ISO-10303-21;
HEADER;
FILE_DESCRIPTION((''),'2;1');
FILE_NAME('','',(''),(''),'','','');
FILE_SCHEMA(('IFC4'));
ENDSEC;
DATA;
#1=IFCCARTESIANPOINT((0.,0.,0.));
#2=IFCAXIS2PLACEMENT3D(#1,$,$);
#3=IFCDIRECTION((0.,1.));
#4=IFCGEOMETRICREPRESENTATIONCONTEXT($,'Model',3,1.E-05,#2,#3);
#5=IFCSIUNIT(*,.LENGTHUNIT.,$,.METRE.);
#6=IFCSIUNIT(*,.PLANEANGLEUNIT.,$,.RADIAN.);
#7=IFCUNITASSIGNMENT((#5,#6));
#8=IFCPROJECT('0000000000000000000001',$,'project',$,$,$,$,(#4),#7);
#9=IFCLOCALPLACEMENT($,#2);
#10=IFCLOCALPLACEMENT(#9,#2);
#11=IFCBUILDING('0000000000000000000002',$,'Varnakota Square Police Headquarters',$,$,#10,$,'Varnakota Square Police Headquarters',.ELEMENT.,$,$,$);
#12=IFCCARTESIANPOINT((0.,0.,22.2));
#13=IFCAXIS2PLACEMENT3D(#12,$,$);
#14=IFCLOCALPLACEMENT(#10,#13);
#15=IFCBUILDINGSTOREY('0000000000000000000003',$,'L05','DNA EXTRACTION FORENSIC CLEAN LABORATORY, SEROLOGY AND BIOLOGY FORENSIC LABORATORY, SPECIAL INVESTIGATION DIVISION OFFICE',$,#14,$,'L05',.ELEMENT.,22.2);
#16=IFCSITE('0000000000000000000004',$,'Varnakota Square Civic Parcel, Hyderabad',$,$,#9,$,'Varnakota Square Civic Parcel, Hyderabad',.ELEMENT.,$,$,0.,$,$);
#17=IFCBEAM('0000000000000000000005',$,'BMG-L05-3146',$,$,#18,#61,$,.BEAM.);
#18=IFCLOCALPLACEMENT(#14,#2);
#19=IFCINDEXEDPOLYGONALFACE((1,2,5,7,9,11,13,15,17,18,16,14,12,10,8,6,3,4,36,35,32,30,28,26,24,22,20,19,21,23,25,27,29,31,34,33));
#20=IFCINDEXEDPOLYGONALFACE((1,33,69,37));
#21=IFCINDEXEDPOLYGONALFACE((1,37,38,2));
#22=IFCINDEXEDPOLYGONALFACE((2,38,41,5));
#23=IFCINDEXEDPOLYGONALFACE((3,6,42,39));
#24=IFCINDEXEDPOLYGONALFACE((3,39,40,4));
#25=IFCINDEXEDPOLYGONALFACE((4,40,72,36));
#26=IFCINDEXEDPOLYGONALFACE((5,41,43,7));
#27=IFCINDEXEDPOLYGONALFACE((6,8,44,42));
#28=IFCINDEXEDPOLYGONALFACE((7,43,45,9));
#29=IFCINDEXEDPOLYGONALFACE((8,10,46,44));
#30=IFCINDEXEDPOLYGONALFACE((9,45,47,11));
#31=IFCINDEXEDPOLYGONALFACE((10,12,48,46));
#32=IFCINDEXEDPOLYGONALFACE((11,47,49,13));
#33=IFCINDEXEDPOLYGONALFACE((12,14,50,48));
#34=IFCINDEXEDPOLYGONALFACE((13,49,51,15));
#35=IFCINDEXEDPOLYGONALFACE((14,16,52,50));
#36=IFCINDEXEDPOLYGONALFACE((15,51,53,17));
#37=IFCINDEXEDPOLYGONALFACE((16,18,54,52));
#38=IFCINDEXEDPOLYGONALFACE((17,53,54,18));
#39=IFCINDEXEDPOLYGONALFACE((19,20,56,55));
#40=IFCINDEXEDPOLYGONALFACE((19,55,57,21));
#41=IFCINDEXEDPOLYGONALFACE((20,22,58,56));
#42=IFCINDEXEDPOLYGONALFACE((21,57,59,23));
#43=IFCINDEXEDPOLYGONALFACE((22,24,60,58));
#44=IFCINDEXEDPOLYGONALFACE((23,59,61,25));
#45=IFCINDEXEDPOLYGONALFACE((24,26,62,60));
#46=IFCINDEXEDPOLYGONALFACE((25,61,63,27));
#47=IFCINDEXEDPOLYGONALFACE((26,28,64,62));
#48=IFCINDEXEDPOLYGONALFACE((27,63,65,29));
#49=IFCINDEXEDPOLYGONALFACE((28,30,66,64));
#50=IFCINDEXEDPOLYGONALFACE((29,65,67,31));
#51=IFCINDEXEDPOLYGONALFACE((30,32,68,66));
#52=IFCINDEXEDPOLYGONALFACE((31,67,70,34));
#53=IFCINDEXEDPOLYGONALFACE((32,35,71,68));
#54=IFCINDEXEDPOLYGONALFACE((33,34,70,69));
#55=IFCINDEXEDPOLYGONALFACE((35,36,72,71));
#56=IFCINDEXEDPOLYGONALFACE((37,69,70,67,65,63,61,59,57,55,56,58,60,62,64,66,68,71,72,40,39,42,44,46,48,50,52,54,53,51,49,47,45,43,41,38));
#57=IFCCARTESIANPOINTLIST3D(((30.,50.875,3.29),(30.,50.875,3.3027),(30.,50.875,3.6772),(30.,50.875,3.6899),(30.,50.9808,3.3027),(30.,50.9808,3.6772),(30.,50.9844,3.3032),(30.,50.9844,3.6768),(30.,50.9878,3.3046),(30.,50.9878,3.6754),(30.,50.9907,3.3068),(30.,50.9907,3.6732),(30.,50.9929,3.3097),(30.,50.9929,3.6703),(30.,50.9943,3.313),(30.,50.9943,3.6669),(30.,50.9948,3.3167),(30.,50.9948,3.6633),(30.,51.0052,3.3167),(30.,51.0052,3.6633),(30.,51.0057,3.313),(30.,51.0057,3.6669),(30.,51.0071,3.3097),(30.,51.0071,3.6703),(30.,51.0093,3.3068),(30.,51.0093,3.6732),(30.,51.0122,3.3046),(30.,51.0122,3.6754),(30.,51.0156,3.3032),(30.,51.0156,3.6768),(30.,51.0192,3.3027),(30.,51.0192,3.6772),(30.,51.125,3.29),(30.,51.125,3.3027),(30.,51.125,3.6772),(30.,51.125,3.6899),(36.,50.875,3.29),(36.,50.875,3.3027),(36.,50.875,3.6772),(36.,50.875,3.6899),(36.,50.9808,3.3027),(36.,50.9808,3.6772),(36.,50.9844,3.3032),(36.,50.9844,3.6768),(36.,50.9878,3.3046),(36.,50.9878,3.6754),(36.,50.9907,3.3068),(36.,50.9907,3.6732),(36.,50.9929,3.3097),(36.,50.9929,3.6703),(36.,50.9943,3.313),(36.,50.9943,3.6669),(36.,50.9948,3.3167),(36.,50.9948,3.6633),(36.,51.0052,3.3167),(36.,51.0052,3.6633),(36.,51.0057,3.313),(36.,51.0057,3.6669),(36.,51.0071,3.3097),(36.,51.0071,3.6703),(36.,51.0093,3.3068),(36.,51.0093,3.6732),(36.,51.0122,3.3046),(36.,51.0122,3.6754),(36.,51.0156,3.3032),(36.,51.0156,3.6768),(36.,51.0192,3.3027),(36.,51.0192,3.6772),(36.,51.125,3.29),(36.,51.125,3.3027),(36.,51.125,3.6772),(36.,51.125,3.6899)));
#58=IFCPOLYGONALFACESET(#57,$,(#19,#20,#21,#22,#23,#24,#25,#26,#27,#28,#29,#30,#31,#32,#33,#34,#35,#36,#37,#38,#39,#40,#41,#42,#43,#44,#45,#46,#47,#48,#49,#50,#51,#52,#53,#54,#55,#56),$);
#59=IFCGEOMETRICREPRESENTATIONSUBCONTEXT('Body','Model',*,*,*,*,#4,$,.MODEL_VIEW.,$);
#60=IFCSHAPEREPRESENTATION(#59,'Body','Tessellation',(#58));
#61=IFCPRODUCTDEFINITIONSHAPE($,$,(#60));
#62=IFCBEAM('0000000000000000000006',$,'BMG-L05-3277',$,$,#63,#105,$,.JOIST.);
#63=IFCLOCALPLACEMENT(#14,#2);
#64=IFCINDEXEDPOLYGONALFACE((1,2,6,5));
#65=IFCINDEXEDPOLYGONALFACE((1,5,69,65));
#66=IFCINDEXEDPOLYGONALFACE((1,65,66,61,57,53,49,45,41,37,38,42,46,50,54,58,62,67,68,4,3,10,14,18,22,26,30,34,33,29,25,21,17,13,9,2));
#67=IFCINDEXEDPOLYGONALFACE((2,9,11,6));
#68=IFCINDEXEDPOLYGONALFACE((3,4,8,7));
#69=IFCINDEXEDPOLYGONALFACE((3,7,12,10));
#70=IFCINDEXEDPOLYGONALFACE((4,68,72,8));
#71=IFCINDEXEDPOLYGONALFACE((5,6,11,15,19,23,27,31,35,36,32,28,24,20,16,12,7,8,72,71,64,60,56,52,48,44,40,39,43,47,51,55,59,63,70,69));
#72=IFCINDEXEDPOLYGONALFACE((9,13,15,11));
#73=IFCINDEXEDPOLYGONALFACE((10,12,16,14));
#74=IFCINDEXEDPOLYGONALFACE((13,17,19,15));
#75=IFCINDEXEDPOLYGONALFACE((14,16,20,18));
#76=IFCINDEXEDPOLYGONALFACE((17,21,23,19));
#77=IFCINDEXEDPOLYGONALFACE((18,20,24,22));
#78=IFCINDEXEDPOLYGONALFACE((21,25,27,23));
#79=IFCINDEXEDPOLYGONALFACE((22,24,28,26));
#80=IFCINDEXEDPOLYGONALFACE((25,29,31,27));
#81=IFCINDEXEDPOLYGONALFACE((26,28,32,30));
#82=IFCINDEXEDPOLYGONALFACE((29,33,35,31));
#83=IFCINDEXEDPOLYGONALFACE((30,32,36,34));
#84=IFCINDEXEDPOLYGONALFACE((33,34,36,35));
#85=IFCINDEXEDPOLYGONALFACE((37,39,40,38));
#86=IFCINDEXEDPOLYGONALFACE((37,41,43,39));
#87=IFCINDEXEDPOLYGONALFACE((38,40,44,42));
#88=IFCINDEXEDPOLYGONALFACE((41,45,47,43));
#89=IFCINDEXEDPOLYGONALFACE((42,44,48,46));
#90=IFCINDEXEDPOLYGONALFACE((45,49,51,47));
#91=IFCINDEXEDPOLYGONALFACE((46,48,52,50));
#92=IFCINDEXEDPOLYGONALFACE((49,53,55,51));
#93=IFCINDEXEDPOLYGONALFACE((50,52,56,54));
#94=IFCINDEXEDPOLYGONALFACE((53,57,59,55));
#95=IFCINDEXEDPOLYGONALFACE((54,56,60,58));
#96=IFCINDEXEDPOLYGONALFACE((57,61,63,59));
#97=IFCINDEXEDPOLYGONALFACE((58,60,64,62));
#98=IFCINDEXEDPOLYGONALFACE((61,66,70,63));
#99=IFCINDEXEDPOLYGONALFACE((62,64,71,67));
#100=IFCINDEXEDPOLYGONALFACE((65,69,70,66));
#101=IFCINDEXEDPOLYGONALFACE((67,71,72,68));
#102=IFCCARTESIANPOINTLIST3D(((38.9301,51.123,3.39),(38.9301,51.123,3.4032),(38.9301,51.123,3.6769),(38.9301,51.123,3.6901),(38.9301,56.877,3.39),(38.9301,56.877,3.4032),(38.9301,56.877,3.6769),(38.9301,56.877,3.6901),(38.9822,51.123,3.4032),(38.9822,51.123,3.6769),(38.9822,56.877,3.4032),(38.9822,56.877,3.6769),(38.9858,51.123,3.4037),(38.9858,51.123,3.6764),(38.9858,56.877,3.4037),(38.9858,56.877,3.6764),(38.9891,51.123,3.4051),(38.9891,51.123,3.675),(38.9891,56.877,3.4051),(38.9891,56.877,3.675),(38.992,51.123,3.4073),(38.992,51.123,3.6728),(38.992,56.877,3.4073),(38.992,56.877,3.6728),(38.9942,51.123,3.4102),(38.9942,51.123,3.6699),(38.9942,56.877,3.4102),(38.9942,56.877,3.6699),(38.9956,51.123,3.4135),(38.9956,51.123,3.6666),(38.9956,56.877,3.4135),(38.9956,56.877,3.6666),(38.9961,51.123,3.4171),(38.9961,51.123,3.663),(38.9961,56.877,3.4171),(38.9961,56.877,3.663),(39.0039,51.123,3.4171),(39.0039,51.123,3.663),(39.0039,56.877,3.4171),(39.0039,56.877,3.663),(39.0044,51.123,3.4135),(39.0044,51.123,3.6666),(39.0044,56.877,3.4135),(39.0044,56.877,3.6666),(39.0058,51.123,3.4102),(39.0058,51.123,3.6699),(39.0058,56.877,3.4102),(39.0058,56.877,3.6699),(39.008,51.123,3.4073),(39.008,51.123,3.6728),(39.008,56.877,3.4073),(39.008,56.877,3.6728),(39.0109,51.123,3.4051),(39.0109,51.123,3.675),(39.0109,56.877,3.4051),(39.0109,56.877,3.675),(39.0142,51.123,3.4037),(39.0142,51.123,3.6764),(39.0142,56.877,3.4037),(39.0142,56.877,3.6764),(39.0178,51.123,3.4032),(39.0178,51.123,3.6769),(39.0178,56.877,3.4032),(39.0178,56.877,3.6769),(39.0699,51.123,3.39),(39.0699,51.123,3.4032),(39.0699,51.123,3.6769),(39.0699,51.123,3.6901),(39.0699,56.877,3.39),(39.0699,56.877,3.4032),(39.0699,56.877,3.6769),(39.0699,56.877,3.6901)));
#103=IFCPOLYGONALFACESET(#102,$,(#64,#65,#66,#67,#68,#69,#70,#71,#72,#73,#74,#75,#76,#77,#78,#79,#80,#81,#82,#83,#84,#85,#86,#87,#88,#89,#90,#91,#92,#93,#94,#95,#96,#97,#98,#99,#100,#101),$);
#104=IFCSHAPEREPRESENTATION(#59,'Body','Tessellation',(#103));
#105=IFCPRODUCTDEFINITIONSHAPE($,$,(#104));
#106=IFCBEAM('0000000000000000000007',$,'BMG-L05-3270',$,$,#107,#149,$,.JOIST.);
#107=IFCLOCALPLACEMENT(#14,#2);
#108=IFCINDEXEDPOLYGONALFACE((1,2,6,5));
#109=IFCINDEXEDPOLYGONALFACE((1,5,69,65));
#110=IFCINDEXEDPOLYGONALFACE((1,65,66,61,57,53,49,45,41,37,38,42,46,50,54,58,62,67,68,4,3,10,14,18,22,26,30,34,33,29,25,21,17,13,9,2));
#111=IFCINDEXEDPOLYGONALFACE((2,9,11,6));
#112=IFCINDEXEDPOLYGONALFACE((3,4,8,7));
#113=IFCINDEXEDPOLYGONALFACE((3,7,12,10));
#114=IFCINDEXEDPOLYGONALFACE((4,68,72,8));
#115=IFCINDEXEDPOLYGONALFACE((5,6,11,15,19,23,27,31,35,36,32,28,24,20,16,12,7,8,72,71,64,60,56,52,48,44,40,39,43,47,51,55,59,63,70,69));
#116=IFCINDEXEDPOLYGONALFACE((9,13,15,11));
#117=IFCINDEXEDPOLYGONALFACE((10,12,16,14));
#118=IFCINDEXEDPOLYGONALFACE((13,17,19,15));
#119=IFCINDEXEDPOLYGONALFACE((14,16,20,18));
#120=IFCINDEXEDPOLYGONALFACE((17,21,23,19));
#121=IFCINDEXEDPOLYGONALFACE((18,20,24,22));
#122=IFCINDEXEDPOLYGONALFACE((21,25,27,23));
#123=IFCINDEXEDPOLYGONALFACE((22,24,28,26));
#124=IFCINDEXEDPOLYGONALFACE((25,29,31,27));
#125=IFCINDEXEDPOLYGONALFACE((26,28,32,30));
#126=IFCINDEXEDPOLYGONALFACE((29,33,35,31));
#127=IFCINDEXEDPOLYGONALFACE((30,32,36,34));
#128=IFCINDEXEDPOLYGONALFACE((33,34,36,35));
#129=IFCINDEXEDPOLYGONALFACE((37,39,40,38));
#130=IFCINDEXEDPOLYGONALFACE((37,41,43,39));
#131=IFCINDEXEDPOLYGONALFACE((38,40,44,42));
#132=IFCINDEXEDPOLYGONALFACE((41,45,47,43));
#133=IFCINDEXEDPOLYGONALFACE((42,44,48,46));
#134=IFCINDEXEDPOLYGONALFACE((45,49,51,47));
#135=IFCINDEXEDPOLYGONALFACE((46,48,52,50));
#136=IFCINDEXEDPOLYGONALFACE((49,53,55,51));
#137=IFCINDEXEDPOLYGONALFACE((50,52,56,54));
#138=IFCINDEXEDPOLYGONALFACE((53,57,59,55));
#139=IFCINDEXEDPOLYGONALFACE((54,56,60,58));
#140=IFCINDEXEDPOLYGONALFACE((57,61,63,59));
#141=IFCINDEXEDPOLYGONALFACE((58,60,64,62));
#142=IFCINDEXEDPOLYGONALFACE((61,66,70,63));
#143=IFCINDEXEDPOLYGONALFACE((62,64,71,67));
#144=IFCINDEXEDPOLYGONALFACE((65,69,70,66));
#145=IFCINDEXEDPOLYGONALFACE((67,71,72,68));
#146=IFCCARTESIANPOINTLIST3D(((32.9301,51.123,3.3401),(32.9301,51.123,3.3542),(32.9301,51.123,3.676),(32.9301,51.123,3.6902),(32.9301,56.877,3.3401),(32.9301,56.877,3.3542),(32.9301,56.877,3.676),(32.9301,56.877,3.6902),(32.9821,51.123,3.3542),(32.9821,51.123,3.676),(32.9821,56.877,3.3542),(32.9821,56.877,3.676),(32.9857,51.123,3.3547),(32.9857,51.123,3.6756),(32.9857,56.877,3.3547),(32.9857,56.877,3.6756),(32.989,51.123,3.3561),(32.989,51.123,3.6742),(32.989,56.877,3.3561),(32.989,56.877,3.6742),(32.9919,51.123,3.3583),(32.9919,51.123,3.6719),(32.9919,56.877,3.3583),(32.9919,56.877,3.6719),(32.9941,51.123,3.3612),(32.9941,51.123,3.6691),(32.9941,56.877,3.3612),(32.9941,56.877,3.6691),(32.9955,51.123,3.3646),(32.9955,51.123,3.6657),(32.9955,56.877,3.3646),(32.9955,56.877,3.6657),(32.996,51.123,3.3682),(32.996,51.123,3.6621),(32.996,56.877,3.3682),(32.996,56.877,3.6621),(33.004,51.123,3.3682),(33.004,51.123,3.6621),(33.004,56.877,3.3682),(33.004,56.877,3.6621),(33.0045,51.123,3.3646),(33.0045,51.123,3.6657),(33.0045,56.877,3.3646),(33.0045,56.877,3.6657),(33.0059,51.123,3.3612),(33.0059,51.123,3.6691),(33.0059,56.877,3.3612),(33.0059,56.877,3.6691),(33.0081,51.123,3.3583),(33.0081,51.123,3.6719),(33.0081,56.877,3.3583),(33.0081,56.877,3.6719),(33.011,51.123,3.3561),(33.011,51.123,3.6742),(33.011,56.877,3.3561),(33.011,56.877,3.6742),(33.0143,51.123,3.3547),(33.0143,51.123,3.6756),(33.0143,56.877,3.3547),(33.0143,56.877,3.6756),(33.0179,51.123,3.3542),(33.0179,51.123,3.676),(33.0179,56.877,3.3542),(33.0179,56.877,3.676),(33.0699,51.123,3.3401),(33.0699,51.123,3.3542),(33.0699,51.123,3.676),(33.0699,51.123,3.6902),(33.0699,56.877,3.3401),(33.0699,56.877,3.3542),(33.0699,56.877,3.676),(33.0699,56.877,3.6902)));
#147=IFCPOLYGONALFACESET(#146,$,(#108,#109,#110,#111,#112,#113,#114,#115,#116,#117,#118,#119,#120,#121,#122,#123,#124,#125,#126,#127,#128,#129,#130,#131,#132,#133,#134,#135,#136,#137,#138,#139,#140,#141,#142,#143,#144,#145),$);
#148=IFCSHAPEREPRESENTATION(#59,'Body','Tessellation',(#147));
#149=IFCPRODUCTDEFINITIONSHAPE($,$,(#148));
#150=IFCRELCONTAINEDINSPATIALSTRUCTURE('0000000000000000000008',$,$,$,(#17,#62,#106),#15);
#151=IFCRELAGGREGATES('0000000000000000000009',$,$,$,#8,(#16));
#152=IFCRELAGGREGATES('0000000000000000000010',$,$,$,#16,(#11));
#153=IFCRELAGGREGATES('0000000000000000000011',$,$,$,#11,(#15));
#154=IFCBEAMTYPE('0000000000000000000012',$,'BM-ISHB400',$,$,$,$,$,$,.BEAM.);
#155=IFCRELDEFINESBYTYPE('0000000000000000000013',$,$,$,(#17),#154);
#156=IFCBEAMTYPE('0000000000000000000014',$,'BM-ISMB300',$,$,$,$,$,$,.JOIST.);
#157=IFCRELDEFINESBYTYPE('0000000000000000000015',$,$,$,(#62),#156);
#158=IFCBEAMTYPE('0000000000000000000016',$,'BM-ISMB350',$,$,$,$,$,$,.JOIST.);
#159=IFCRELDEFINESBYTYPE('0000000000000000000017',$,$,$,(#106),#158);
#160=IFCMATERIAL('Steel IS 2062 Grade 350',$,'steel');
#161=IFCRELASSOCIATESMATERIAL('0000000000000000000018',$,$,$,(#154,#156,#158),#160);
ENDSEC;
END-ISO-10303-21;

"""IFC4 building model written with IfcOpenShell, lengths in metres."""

from ifc_helpers import new_model, si_unit, direction, frame, origin, origin_2d, place, context, subcontext, project, spatial, i_section, extrude, material, material_profile, profile_set, type_object, element, save


model = new_model("IFC4")

# Units and contexts
model_context = context("Model", 3, precision=1e-05, world=origin(), true_north=direction((0.0, 1.0)))
body_context = subcontext(model_context, "Body", "Model", "MODEL_VIEW")
ifc_project = project(units=[si_unit("LENGTHUNIT", "METRE"), si_unit("PLANEANGLEUNIT", "RADIAN")], contexts=[model_context])

# Site, building, storey
site_placement = place(None, origin())
site = spatial("IfcSite", under=ifc_project, at=site_placement, Name="Varnakota Square Civic Parcel, Hyderabad", LongName="Varnakota Square Civic Parcel, Hyderabad", CompositionType="ELEMENT", RefElevation=0.0)
building_placement = place(site_placement, origin())
building = spatial("IfcBuilding", under=site, at=building_placement, Name="Varnakota Square Police Headquarters", LongName="Varnakota Square Police Headquarters", CompositionType="ELEMENT")
storey_placement = place(building_placement, frame((0.0, 0.0, 22.2)))
storey = spatial("IfcBuildingStorey", under=building, at=storey_placement, Name="L05", Description="DNA EXTRACTION FORENSIC CLEAN LABORATORY, SEROLOGY AND BIOLOGY FORENSIC LABORATORY, SPECIAL INVESTIGATION DIVISION OFFICE", LongName="L05", CompositionType="ELEMENT", Elevation=22.2)

# Shared definitions
ifc_material_1 = material(Name="Steel IS 2062 Grade 350", Category="steel")

# Beams
ifc_material_profile_1 = material_profile(ifc_material_1, i_section(OverallWidth=0.25, OverallDepth=0.3999, WebThickness=0.0105, FlangeThickness=0.0127, FilletRadius=0.0139, at=origin_2d()), Name="ISHB 400")
ifc_profile_set_1 = profile_set([ifc_material_profile_1], Name="Steel IS 2062 Grade 350")
beam_type_1 = type_object("IfcBeamType", Name="BM-ISHB400", PredefinedType="BEAM", material=ifc_profile_set_1)
beam_1_placement = place(storey_placement, frame((30.0, 51.0, 3.49), z_axis=(1.0, 0.0, 0.0), x_axis=(0.0, 1.0, 0.0)))
element("IfcBeam", 1, at=beam_1_placement, inside=storey, type_object=beam_type_1, Name="BMG-L05-3146", PredefinedType="BEAM", context=body_context, shape_type="SweptSolid", body=[
    extrude(i_section(OverallWidth=0.25, OverallDepth=0.3999, WebThickness=0.0105, FlangeThickness=0.0127, FilletRadius=0.0139, at=origin_2d()), origin(), (0.0, 0.0, 1.0), 6.0),
])
ifc_material_profile_2 = material_profile(ifc_material_1, i_section(OverallWidth=0.1399, OverallDepth=0.3, WebThickness=0.0078, FlangeThickness=0.0132, FilletRadius=0.0139, at=origin_2d()), Name="ISMB 300")
ifc_profile_set_2 = profile_set([ifc_material_profile_2], Name="Steel IS 2062 Grade 350")
beam_type_2 = type_object("IfcBeamType", Name="BM-ISMB300", PredefinedType="JOIST", material=ifc_profile_set_2)
beam_2_placement = place(storey_placement, frame((39.0, 51.123, 3.54), z_axis=(0.0, 1.0, 0.0), x_axis=(-1.0, 0.0, 0.0)))
element("IfcBeam", 2, at=beam_2_placement, inside=storey, type_object=beam_type_2, Name="BMG-L05-3277", PredefinedType="JOIST", context=body_context, shape_type="SweptSolid", body=[
    extrude(i_section(OverallWidth=0.1399, OverallDepth=0.3, WebThickness=0.0078, FlangeThickness=0.0132, FilletRadius=0.0139, at=origin_2d()), origin(), (0.0, 0.0, 1.0), 5.7539),
])
ifc_material_profile_3 = material_profile(ifc_material_1, i_section(OverallWidth=0.1399, OverallDepth=0.3501, WebThickness=0.0081, FlangeThickness=0.0142, FilletRadius=0.0139, at=origin_2d()), Name="ISMB 350")
ifc_profile_set_3 = profile_set([ifc_material_profile_3], Name="Steel IS 2062 Grade 350")
beam_type_3 = type_object("IfcBeamType", Name="BM-ISMB350", PredefinedType="JOIST", material=ifc_profile_set_3)
beam_3_placement = place(storey_placement, frame((33.0, 51.123, 3.5151), z_axis=(0.0, 1.0, 0.0), x_axis=(-1.0, 0.0, 0.0)))
element("IfcBeam", 3, at=beam_3_placement, inside=storey, type_object=beam_type_3, Name="BMG-L05-3270", PredefinedType="JOIST", context=body_context, shape_type="SweptSolid", body=[
    extrude(i_section(OverallWidth=0.1399, OverallDepth=0.3501, WebThickness=0.0081, FlangeThickness=0.0142, FilletRadius=0.0139, at=origin_2d()), origin(), (0.0, 0.0, 1.0), 5.7539),
])

save(model, "model.ifc")
